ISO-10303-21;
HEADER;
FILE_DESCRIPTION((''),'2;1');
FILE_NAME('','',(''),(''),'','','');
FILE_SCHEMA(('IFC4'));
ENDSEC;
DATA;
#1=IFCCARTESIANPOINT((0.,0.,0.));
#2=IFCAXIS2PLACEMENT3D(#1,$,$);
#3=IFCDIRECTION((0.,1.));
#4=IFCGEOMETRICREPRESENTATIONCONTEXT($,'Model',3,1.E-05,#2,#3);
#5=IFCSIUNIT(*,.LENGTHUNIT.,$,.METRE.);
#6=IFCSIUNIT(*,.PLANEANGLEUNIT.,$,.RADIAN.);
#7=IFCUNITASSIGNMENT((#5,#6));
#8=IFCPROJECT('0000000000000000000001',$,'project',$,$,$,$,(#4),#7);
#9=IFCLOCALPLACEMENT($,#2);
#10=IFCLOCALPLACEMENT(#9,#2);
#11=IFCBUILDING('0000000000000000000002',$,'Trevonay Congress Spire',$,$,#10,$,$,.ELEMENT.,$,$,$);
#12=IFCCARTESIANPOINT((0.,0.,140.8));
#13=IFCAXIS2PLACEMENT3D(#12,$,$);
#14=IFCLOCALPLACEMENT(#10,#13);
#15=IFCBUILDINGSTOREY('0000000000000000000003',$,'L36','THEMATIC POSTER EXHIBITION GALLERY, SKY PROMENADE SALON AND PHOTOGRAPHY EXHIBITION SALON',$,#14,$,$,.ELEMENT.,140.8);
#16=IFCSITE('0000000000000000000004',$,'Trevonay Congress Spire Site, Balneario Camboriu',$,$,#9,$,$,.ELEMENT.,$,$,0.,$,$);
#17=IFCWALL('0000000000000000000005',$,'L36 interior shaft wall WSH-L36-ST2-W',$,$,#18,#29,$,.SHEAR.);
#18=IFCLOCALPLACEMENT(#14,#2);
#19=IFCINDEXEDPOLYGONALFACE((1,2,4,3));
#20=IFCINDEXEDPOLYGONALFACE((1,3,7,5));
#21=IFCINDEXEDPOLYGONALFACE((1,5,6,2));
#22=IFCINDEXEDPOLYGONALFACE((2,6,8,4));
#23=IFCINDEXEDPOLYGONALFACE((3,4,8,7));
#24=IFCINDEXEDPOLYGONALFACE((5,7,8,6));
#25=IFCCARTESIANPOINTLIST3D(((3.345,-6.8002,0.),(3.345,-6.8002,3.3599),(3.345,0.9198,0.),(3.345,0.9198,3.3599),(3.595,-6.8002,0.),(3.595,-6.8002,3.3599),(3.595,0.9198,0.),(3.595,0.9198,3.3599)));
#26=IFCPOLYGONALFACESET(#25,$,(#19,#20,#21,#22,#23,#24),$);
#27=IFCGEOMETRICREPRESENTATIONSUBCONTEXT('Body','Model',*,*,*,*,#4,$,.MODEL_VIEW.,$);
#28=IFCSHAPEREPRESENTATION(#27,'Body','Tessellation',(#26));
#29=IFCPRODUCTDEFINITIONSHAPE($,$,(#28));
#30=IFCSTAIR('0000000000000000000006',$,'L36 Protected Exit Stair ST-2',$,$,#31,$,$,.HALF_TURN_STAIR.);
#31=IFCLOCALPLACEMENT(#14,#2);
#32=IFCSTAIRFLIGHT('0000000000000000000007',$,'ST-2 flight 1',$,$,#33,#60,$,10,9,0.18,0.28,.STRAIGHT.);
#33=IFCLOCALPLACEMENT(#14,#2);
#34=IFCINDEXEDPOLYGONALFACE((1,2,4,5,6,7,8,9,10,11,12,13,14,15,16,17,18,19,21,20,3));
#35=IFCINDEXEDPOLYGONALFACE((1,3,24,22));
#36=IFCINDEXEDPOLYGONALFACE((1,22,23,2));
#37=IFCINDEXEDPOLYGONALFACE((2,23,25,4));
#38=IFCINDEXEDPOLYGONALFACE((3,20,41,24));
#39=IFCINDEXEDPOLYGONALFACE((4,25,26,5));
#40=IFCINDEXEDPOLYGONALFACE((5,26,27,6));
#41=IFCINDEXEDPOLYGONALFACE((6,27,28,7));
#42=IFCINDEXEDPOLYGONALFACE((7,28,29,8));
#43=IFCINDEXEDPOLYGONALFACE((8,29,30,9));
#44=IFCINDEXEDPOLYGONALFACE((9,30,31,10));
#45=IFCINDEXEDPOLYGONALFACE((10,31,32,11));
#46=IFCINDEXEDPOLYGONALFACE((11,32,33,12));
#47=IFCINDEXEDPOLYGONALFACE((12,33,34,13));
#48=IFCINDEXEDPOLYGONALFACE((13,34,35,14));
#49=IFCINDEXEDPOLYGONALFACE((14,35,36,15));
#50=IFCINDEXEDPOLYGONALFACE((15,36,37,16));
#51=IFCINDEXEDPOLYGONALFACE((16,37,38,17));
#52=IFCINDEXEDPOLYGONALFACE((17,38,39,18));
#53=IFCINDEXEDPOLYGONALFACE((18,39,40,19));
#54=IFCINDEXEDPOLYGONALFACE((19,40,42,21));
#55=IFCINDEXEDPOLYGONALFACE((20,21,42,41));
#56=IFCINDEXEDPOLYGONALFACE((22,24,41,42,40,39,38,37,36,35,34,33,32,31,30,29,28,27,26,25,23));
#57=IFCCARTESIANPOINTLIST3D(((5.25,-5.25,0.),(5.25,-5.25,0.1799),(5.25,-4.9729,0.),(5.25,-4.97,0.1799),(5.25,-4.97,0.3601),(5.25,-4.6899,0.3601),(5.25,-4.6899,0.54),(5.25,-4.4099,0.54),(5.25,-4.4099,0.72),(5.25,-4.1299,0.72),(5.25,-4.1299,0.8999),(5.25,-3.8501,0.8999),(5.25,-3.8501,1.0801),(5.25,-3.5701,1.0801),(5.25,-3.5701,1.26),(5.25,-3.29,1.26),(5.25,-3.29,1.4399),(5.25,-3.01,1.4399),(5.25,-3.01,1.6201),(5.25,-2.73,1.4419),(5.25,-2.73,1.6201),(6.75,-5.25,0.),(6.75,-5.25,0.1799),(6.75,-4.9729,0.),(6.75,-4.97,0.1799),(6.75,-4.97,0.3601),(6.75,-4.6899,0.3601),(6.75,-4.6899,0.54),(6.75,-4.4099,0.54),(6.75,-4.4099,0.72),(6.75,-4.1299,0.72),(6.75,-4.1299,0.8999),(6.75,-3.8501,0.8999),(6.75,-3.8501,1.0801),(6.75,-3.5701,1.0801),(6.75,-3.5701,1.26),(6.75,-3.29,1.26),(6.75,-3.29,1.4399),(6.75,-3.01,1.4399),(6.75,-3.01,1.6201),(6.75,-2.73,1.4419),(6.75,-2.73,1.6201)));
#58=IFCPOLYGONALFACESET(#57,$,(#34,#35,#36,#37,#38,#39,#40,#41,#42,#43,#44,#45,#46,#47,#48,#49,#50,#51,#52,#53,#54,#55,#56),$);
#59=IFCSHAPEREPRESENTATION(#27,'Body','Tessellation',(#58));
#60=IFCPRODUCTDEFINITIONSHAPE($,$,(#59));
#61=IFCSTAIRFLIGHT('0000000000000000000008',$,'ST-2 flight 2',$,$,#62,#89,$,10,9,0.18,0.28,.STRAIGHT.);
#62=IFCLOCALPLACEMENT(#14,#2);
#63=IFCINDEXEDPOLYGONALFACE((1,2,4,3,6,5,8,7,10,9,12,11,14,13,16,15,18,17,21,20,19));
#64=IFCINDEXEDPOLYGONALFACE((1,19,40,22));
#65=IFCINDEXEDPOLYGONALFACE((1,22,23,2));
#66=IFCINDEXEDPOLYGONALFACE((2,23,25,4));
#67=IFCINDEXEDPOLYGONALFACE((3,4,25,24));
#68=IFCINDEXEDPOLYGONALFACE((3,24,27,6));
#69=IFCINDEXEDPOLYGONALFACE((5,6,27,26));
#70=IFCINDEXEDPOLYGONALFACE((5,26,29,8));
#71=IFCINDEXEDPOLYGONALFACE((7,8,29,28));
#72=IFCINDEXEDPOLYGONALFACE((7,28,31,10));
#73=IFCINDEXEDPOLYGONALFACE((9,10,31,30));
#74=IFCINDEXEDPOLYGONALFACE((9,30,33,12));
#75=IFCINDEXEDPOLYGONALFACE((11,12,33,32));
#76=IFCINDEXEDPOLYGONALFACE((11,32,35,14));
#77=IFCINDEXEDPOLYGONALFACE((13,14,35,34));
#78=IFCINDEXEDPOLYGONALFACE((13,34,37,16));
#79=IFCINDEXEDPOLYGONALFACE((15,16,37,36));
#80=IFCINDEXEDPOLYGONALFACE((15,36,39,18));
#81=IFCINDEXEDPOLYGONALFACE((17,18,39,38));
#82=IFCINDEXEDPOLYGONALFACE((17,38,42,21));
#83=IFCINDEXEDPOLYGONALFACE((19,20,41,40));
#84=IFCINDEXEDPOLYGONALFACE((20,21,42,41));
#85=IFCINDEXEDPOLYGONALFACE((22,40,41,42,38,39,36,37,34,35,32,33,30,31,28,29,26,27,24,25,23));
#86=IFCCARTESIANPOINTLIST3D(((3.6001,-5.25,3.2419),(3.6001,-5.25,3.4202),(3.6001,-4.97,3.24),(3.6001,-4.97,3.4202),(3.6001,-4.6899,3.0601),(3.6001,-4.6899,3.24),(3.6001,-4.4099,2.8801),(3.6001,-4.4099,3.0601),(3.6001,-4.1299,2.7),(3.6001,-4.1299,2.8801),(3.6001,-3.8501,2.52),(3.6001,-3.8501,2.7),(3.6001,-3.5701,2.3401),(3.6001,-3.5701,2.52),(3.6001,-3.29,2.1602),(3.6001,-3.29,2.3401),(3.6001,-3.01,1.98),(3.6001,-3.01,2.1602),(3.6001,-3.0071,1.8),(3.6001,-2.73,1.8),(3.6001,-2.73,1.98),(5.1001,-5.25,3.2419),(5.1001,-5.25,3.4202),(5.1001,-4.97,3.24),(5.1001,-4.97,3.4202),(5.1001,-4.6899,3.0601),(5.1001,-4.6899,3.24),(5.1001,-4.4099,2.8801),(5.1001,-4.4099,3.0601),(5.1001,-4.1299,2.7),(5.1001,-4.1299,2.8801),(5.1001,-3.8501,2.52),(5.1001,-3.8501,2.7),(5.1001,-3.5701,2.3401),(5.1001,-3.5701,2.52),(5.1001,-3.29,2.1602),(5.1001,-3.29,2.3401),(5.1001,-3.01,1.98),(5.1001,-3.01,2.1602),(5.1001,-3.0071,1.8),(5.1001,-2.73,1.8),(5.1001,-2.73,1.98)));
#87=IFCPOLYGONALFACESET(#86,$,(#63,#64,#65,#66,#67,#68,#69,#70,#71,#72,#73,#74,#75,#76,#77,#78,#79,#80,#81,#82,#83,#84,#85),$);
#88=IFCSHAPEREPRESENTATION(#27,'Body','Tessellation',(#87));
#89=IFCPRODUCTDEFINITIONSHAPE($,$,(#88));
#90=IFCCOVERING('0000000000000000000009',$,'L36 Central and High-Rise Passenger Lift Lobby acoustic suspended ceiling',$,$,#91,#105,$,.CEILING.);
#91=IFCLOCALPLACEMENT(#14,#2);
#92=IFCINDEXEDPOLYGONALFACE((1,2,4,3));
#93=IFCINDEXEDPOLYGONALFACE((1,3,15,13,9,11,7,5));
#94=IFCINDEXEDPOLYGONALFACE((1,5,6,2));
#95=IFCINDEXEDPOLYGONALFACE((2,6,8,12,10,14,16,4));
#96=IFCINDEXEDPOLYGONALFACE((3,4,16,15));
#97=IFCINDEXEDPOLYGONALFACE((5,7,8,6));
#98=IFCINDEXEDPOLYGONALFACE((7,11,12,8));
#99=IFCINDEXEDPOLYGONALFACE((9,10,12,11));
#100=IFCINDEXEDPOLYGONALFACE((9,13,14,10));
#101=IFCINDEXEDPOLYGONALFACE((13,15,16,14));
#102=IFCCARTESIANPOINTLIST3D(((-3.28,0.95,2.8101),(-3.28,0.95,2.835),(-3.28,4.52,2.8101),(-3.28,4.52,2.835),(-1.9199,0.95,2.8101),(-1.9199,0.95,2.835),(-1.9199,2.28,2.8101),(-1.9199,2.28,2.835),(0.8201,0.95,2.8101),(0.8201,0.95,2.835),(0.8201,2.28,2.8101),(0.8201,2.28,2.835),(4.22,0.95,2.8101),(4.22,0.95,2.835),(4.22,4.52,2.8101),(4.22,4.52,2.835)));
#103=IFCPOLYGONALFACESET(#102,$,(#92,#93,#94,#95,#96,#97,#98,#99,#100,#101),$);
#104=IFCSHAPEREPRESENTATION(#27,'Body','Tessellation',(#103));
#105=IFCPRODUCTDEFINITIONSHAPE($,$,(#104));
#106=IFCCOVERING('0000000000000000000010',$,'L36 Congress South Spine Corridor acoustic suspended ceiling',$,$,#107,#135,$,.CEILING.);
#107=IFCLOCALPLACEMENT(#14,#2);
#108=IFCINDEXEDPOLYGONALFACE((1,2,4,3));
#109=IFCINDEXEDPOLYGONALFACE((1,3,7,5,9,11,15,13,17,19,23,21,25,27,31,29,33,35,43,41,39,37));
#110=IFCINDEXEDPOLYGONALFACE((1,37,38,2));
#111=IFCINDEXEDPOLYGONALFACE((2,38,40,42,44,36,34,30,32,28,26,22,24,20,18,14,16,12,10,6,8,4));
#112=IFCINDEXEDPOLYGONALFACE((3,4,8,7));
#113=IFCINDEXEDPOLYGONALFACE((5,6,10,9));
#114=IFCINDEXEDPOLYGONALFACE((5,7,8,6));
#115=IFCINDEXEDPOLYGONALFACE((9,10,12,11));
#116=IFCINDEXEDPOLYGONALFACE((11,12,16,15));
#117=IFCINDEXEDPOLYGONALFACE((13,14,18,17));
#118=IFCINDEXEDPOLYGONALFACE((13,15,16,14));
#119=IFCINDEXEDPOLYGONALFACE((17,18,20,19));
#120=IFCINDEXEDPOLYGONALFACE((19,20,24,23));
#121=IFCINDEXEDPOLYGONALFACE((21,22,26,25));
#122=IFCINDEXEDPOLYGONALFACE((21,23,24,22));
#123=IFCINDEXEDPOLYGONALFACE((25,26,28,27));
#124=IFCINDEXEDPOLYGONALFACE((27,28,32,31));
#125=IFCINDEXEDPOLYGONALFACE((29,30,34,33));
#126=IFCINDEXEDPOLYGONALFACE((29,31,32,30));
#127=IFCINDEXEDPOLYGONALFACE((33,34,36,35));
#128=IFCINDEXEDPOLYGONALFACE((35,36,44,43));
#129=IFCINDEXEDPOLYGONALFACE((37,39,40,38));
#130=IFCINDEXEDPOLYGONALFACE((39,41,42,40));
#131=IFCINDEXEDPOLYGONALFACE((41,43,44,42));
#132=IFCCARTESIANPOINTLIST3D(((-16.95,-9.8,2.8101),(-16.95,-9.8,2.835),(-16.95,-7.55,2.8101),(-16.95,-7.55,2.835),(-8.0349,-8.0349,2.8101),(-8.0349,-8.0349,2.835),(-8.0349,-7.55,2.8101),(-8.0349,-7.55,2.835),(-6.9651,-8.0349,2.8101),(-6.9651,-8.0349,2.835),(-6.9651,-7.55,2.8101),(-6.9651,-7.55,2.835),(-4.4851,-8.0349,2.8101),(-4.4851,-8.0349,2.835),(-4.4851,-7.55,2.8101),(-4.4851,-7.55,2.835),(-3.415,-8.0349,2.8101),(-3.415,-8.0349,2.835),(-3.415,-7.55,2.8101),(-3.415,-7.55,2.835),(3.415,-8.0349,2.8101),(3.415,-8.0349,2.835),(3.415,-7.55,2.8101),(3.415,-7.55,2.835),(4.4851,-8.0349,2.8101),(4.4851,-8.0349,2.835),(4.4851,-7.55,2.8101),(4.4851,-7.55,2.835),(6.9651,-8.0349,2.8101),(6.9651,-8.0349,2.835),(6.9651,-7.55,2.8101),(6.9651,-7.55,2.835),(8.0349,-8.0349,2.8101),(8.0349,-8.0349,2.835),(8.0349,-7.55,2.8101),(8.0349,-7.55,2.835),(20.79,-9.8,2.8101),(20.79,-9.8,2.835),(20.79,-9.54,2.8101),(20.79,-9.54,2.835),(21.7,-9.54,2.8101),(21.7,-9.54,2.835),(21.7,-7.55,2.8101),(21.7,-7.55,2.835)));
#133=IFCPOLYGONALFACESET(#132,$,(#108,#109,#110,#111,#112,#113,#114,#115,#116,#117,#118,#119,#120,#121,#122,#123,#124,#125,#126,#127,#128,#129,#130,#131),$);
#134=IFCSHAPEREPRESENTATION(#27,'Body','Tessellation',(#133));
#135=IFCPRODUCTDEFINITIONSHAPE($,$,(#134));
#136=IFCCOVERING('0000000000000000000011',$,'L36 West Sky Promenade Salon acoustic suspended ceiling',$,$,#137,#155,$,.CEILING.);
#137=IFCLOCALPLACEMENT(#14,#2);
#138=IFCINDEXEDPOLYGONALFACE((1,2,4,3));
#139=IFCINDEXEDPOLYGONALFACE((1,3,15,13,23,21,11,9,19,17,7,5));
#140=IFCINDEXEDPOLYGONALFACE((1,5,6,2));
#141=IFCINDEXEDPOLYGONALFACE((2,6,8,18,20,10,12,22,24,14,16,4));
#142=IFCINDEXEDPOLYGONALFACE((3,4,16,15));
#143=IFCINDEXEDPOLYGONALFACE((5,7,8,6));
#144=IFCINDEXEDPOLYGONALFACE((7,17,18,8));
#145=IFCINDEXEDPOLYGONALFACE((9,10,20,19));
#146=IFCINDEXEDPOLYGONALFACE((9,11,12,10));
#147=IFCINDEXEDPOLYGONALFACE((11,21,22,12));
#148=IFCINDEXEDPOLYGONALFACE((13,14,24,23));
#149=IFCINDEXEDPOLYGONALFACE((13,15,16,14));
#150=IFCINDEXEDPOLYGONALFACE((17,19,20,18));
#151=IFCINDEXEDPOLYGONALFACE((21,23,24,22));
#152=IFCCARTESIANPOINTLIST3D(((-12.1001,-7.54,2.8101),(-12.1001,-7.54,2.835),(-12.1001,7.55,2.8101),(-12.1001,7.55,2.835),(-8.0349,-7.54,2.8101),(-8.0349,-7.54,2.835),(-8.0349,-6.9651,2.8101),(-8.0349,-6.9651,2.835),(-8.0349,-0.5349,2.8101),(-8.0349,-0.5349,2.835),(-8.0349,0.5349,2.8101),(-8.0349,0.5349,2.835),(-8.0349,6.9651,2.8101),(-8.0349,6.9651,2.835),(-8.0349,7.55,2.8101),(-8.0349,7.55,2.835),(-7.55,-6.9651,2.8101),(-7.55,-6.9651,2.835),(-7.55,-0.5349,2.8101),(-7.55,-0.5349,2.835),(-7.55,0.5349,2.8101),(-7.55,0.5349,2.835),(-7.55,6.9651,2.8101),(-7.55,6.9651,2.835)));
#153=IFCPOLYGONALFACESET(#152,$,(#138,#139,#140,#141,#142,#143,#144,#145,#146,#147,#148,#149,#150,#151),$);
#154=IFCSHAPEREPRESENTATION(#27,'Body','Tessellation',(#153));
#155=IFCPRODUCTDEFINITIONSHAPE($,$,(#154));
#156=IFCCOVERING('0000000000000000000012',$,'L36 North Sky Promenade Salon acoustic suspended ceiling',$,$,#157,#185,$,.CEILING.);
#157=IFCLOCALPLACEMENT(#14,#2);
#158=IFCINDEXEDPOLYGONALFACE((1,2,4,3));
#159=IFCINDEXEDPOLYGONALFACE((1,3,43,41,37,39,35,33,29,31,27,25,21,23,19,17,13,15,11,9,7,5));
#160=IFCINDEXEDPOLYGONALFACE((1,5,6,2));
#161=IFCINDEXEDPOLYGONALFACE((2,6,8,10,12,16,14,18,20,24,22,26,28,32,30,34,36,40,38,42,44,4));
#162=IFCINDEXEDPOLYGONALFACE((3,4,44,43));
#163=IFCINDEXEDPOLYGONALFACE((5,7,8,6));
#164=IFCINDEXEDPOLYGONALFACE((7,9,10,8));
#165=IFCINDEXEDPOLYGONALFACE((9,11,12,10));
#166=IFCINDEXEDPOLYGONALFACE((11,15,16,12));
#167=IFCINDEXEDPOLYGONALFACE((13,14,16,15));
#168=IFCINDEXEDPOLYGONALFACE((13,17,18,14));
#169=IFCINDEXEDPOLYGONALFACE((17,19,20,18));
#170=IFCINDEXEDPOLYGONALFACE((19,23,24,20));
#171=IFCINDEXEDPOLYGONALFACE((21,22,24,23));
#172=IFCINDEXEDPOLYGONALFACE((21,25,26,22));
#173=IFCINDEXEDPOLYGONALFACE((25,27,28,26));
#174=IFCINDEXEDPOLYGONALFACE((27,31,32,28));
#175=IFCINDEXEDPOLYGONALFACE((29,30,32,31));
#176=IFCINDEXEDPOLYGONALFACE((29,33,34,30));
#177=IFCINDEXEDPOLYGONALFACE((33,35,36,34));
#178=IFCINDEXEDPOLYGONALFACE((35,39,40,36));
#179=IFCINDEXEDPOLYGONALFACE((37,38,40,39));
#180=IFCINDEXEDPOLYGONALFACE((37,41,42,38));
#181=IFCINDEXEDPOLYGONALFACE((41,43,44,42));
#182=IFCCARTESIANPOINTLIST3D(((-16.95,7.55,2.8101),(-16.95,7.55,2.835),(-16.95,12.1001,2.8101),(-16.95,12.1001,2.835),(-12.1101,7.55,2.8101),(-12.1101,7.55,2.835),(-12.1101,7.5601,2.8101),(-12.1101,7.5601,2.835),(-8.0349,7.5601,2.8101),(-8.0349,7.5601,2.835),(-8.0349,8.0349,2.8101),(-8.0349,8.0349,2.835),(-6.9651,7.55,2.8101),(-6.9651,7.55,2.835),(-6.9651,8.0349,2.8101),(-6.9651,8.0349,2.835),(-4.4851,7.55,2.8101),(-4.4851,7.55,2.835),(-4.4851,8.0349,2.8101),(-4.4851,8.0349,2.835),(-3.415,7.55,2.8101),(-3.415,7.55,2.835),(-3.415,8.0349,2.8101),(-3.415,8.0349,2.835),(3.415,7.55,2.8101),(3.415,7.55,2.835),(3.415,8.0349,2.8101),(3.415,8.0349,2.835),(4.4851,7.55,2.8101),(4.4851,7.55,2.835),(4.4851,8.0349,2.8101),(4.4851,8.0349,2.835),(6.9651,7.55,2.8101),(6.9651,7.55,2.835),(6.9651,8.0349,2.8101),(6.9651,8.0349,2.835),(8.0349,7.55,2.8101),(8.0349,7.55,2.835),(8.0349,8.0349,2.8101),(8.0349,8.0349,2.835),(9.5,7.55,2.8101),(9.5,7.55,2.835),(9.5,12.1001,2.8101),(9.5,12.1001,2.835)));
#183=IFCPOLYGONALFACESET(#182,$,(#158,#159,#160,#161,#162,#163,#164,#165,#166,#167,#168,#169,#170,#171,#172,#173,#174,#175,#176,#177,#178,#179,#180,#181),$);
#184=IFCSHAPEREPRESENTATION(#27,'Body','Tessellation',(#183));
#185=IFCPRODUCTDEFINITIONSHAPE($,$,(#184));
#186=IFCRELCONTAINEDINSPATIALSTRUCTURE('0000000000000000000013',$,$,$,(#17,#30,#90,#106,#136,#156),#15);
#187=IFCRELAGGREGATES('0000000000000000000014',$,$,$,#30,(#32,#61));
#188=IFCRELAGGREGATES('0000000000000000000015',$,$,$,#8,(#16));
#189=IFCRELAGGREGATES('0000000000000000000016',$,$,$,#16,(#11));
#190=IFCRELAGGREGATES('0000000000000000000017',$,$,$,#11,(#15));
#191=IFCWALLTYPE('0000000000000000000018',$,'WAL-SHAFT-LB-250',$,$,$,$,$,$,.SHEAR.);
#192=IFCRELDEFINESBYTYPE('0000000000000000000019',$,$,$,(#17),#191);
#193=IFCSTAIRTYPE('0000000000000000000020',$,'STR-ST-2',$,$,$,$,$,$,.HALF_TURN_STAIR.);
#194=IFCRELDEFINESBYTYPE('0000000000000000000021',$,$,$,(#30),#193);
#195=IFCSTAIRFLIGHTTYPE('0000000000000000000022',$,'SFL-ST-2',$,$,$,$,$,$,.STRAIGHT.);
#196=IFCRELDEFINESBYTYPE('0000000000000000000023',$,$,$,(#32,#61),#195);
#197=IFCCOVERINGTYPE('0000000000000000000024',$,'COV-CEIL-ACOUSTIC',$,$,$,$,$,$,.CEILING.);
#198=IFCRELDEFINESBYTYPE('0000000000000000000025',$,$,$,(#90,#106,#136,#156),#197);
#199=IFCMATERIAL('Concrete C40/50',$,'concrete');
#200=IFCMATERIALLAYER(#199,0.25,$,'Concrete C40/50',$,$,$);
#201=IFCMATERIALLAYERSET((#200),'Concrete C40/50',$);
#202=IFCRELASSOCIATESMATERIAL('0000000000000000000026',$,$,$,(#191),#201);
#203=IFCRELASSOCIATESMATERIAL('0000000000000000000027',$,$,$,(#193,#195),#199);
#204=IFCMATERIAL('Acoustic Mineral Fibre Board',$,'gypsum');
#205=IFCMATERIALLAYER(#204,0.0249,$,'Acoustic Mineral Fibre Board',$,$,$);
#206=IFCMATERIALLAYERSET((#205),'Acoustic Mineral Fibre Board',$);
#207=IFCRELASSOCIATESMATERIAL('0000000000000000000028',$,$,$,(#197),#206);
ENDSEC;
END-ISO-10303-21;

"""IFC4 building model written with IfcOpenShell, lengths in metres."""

from ifc_helpers import new_model, si_unit, direction, frame, frame_2d, origin, place, context, subcontext, project, spatial, polyline, rectangle, outline, extrude, material, layer, layer_set, type_object, element, aggregate, save


model = new_model("IFC4")

# Units and contexts
model_context = context("Model", 3, precision=1e-05, world=origin(), true_north=direction((0.0, 1.0)))
body_context = subcontext(model_context, "Body", "Model", "MODEL_VIEW")
ifc_project = project(units=[si_unit("LENGTHUNIT", "METRE"), si_unit("PLANEANGLEUNIT", "RADIAN")], contexts=[model_context])

# Site, building, storey
site_placement = place(None, origin())
site = spatial("IfcSite", under=ifc_project, at=site_placement, Name="Trevonay Congress Spire Site, Balneario Camboriu", CompositionType="ELEMENT", RefElevation=0.0)
building_placement = place(site_placement, origin())
building = spatial("IfcBuilding", under=site, at=building_placement, Name="Trevonay Congress Spire", CompositionType="ELEMENT")
storey_placement = place(building_placement, frame((0.0, 0.0, 140.8)))
storey = spatial("IfcBuildingStorey", under=building, at=storey_placement, Name="L36", Description="THEMATIC POSTER EXHIBITION GALLERY, SKY PROMENADE SALON AND PHOTOGRAPHY EXHIBITION SALON", CompositionType="ELEMENT", Elevation=140.8)

# Wall
ifc_material_1 = material(Name="Concrete C40/50", Category="concrete")
ifc_layer_1 = layer(ifc_material_1, 0.25, Name="Concrete C40/50")
ifc_layer_set_1 = layer_set([ifc_layer_1], Name="Concrete C40/50")
wall_type_1 = type_object("IfcWallType", Name="WAL-SHAFT-LB-250", PredefinedType="SHEAR", material=ifc_layer_set_1)
wall_1_placement = place(storey_placement, frame((3.47, -6.8, 0.0), z_axis=(0.0, 0.0, 1.0), x_axis=(0.0, 1.0, 0.0)))
element("IfcWall", 1, at=wall_1_placement, inside=storey, type_object=wall_type_1, Name="L36 interior shaft wall WSH-L36-ST2-W", PredefinedType="SHEAR", context=body_context, shape_type="SweptSolid", body=[
    extrude(rectangle(XDim=7.72, YDim=0.25, at=frame_2d((3.8599, 0.0))), origin(), (0.0, 0.0, 1.0), 3.3599),
])

# Stair, stair flights
stair_type = type_object("IfcStairType", Name="STR-ST-2", PredefinedType="HALF_TURN_STAIR", material=ifc_material_1)
stair_placement = place(storey_placement, origin())
stair = element("IfcStair", 2, at=stair_placement, inside=storey, type_object=stair_type, Name="L36 Protected Exit Stair ST-2", PredefinedType="HALF_TURN_STAIR")
stair_flight_type = type_object("IfcStairFlightType", Name="SFL-ST-2", PredefinedType="STRAIGHT", material=ifc_material_1)
stair_flight_1_placement = place(storey_placement, frame((6.0, -5.25, 0.0), z_axis=(0.0, 0.0, 1.0), x_axis=(0.0, 1.0, 0.0)))
stair_flight_1 = element("IfcStairFlight", 3, at=stair_flight_1_placement, type_object=stair_flight_type, Name="ST-2 flight 1", NumberOfRisers=10, NumberOfTreads=9, PredefinedType="STRAIGHT", RiserHeight=0.18, TreadLength=0.28, context=body_context, shape_type="SweptSolid", body=[
    extrude(outline(polyline([(0.0, 0.0), (0.0, 0.1799), (0.28, 0.1799), (0.28, 0.3601), (0.5601, 0.3601), (0.5601, 0.54), (0.8401, 0.54), (0.8401, 0.72), (1.1201, 0.72), (1.1201, 0.8999), (1.3999, 0.8999), (1.3999, 1.0801), (1.6799, 1.0801), (1.6799, 1.26), (1.96, 1.26), (1.96, 1.4399), (2.24, 1.4399), (2.24, 1.6201), (2.52, 1.6201), (2.52, 1.8), (2.52, 1.4419), (0.2771, 0.0), (0.0, 0.0)])), frame((0.0, 0.75, 0.0), z_axis=(0.0, -1.0, 0.0), x_axis=(1.0, 0.0, 0.0)), (0.0, 0.0, 1.0), 1.5),
])
stair_flight_2_placement = place(storey_placement, frame((4.3501, -2.73, 1.8), z_axis=(0.0, 0.0, 1.0), x_axis=(0.0, -1.0, 0.0)))
stair_flight_2 = element("IfcStairFlight", 4, at=stair_flight_2_placement, type_object=stair_flight_type, Name="ST-2 flight 2", NumberOfRisers=10, NumberOfTreads=9, PredefinedType="STRAIGHT", RiserHeight=0.18, TreadLength=0.28, context=body_context, shape_type="SweptSolid", body=[
    extrude(outline(polyline([(0.0, 0.0), (0.0, 0.1799), (0.28, 0.1799), (0.28, 0.3601), (0.5601, 0.3601), (0.5601, 0.54), (0.8401, 0.54), (0.8401, 0.72), (1.1201, 0.72), (1.1201, 0.8999), (1.3999, 0.8999), (1.3999, 1.0801), (1.6799, 1.0801), (1.6799, 1.26), (1.96, 1.26), (1.96, 1.4399), (2.24, 1.4399), (2.24, 1.6201), (2.52, 1.6201), (2.52, 1.8), (2.52, 1.4419), (0.2771, 0.0), (0.0, 0.0)])), frame((0.0, 0.75, 0.0), z_axis=(0.0, -1.0, 0.0), x_axis=(1.0, 0.0, 0.0)), (0.0, 0.0, 1.0), 1.5),
])
aggregate(stair, [stair_flight_1, stair_flight_2])

# Coverings
ifc_material_2 = material(Name="Acoustic Mineral Fibre Board", Category="gypsum")
ifc_layer_2 = layer(ifc_material_2, 0.0249, Name="Acoustic Mineral Fibre Board")
ifc_layer_set_2 = layer_set([ifc_layer_2], Name="Acoustic Mineral Fibre Board")
covering_type_1 = type_object("IfcCoveringType", Name="COV-CEIL-ACOUSTIC", PredefinedType="CEILING", material=ifc_layer_set_2)
covering_1_placement = place(storey_placement, frame((0.0, 0.0, 2.8101)))
element("IfcCovering", 5, at=covering_1_placement, inside=storey, type_object=covering_type_1, Name="L36 Central and High-Rise Passenger Lift Lobby acoustic suspended ceiling", PredefinedType="CEILING", context=body_context, shape_type="SweptSolid", body=[
    extrude(outline(polyline([(-3.28, 0.95), (-1.9199, 0.95), (-1.9199, 2.28), (0.8201, 2.28), (0.8201, 0.95), (4.22, 0.95), (4.22, 4.52), (-3.28, 4.52), (-3.28, 0.95)])), origin(), (0.0, 0.0, 1.0), 0.0249),
])
covering_2_placement = place(storey_placement, frame((0.0, 0.0, 2.8101)))
element("IfcCovering", 6, at=covering_2_placement, inside=storey, type_object=covering_type_1, Name="L36 Congress South Spine Corridor acoustic suspended ceiling", PredefinedType="CEILING", context=body_context, shape_type="SweptSolid", body=[
    extrude(outline(polyline([(-16.95, -9.8), (-16.95, -7.55), (-8.0349, -7.55), (-8.0349, -8.0349), (-6.9651, -8.0349), (-6.9651, -7.55), (-4.4851, -7.55), (-4.4851, -8.0349), (-3.415, -8.0349), (-3.415, -7.55), (3.415, -7.55), (3.415, -8.0349), (4.4851, -8.0349), (4.4851, -7.55), (6.9651, -7.55), (6.9651, -8.0349), (8.0349, -8.0349), (8.0349, -7.55), (21.7, -7.55), (21.7, -9.54), (20.79, -9.54), (20.79, -9.8), (-16.95, -9.8)])), origin(), (0.0, 0.0, 1.0), 0.0249),
])
covering_3_placement = place(storey_placement, frame((0.0, 0.0, 2.8101)))
element("IfcCovering", 7, at=covering_3_placement, inside=storey, type_object=covering_type_1, Name="L36 West Sky Promenade Salon acoustic suspended ceiling", PredefinedType="CEILING", context=body_context, shape_type="SweptSolid", body=[
    extrude(outline(polyline([(-12.1001, 7.55), (-8.0349, 7.55), (-8.0349, 6.9651), (-7.55, 6.9651), (-7.55, 0.5349), (-8.0349, 0.5349), (-8.0349, -0.5349), (-7.55, -0.5349), (-7.55, -6.9651), (-8.0349, -6.9651), (-8.0349, -7.54), (-12.1001, -7.54), (-12.1001, 7.55)])), origin(), (0.0, 0.0, 1.0), 0.0249),
])
covering_4_placement = place(storey_placement, frame((0.0, 0.0, 2.8101)))
element("IfcCovering", 8, at=covering_4_placement, inside=storey, type_object=covering_type_1, Name="L36 North Sky Promenade Salon acoustic suspended ceiling", PredefinedType="CEILING", context=body_context, shape_type="SweptSolid", body=[
    extrude(outline(polyline([(-16.95, 12.1001), (9.5, 12.1001), (9.5, 7.55), (8.0349, 7.55), (8.0349, 8.0349), (6.9651, 8.0349), (6.9651, 7.55), (4.4851, 7.55), (4.4851, 8.0349), (3.415, 8.0349), (3.415, 7.55), (-3.415, 7.55), (-3.415, 8.0349), (-4.4851, 8.0349), (-4.4851, 7.55), (-6.9651, 7.55), (-6.9651, 8.0349), (-8.0349, 8.0349), (-8.0349, 7.5601), (-12.1101, 7.5601), (-12.1101, 7.55), (-16.95, 7.55), (-16.95, 12.1001)])), origin(), (0.0, 0.0, 1.0), 0.0249),
])

save(model, "model.ifc")
